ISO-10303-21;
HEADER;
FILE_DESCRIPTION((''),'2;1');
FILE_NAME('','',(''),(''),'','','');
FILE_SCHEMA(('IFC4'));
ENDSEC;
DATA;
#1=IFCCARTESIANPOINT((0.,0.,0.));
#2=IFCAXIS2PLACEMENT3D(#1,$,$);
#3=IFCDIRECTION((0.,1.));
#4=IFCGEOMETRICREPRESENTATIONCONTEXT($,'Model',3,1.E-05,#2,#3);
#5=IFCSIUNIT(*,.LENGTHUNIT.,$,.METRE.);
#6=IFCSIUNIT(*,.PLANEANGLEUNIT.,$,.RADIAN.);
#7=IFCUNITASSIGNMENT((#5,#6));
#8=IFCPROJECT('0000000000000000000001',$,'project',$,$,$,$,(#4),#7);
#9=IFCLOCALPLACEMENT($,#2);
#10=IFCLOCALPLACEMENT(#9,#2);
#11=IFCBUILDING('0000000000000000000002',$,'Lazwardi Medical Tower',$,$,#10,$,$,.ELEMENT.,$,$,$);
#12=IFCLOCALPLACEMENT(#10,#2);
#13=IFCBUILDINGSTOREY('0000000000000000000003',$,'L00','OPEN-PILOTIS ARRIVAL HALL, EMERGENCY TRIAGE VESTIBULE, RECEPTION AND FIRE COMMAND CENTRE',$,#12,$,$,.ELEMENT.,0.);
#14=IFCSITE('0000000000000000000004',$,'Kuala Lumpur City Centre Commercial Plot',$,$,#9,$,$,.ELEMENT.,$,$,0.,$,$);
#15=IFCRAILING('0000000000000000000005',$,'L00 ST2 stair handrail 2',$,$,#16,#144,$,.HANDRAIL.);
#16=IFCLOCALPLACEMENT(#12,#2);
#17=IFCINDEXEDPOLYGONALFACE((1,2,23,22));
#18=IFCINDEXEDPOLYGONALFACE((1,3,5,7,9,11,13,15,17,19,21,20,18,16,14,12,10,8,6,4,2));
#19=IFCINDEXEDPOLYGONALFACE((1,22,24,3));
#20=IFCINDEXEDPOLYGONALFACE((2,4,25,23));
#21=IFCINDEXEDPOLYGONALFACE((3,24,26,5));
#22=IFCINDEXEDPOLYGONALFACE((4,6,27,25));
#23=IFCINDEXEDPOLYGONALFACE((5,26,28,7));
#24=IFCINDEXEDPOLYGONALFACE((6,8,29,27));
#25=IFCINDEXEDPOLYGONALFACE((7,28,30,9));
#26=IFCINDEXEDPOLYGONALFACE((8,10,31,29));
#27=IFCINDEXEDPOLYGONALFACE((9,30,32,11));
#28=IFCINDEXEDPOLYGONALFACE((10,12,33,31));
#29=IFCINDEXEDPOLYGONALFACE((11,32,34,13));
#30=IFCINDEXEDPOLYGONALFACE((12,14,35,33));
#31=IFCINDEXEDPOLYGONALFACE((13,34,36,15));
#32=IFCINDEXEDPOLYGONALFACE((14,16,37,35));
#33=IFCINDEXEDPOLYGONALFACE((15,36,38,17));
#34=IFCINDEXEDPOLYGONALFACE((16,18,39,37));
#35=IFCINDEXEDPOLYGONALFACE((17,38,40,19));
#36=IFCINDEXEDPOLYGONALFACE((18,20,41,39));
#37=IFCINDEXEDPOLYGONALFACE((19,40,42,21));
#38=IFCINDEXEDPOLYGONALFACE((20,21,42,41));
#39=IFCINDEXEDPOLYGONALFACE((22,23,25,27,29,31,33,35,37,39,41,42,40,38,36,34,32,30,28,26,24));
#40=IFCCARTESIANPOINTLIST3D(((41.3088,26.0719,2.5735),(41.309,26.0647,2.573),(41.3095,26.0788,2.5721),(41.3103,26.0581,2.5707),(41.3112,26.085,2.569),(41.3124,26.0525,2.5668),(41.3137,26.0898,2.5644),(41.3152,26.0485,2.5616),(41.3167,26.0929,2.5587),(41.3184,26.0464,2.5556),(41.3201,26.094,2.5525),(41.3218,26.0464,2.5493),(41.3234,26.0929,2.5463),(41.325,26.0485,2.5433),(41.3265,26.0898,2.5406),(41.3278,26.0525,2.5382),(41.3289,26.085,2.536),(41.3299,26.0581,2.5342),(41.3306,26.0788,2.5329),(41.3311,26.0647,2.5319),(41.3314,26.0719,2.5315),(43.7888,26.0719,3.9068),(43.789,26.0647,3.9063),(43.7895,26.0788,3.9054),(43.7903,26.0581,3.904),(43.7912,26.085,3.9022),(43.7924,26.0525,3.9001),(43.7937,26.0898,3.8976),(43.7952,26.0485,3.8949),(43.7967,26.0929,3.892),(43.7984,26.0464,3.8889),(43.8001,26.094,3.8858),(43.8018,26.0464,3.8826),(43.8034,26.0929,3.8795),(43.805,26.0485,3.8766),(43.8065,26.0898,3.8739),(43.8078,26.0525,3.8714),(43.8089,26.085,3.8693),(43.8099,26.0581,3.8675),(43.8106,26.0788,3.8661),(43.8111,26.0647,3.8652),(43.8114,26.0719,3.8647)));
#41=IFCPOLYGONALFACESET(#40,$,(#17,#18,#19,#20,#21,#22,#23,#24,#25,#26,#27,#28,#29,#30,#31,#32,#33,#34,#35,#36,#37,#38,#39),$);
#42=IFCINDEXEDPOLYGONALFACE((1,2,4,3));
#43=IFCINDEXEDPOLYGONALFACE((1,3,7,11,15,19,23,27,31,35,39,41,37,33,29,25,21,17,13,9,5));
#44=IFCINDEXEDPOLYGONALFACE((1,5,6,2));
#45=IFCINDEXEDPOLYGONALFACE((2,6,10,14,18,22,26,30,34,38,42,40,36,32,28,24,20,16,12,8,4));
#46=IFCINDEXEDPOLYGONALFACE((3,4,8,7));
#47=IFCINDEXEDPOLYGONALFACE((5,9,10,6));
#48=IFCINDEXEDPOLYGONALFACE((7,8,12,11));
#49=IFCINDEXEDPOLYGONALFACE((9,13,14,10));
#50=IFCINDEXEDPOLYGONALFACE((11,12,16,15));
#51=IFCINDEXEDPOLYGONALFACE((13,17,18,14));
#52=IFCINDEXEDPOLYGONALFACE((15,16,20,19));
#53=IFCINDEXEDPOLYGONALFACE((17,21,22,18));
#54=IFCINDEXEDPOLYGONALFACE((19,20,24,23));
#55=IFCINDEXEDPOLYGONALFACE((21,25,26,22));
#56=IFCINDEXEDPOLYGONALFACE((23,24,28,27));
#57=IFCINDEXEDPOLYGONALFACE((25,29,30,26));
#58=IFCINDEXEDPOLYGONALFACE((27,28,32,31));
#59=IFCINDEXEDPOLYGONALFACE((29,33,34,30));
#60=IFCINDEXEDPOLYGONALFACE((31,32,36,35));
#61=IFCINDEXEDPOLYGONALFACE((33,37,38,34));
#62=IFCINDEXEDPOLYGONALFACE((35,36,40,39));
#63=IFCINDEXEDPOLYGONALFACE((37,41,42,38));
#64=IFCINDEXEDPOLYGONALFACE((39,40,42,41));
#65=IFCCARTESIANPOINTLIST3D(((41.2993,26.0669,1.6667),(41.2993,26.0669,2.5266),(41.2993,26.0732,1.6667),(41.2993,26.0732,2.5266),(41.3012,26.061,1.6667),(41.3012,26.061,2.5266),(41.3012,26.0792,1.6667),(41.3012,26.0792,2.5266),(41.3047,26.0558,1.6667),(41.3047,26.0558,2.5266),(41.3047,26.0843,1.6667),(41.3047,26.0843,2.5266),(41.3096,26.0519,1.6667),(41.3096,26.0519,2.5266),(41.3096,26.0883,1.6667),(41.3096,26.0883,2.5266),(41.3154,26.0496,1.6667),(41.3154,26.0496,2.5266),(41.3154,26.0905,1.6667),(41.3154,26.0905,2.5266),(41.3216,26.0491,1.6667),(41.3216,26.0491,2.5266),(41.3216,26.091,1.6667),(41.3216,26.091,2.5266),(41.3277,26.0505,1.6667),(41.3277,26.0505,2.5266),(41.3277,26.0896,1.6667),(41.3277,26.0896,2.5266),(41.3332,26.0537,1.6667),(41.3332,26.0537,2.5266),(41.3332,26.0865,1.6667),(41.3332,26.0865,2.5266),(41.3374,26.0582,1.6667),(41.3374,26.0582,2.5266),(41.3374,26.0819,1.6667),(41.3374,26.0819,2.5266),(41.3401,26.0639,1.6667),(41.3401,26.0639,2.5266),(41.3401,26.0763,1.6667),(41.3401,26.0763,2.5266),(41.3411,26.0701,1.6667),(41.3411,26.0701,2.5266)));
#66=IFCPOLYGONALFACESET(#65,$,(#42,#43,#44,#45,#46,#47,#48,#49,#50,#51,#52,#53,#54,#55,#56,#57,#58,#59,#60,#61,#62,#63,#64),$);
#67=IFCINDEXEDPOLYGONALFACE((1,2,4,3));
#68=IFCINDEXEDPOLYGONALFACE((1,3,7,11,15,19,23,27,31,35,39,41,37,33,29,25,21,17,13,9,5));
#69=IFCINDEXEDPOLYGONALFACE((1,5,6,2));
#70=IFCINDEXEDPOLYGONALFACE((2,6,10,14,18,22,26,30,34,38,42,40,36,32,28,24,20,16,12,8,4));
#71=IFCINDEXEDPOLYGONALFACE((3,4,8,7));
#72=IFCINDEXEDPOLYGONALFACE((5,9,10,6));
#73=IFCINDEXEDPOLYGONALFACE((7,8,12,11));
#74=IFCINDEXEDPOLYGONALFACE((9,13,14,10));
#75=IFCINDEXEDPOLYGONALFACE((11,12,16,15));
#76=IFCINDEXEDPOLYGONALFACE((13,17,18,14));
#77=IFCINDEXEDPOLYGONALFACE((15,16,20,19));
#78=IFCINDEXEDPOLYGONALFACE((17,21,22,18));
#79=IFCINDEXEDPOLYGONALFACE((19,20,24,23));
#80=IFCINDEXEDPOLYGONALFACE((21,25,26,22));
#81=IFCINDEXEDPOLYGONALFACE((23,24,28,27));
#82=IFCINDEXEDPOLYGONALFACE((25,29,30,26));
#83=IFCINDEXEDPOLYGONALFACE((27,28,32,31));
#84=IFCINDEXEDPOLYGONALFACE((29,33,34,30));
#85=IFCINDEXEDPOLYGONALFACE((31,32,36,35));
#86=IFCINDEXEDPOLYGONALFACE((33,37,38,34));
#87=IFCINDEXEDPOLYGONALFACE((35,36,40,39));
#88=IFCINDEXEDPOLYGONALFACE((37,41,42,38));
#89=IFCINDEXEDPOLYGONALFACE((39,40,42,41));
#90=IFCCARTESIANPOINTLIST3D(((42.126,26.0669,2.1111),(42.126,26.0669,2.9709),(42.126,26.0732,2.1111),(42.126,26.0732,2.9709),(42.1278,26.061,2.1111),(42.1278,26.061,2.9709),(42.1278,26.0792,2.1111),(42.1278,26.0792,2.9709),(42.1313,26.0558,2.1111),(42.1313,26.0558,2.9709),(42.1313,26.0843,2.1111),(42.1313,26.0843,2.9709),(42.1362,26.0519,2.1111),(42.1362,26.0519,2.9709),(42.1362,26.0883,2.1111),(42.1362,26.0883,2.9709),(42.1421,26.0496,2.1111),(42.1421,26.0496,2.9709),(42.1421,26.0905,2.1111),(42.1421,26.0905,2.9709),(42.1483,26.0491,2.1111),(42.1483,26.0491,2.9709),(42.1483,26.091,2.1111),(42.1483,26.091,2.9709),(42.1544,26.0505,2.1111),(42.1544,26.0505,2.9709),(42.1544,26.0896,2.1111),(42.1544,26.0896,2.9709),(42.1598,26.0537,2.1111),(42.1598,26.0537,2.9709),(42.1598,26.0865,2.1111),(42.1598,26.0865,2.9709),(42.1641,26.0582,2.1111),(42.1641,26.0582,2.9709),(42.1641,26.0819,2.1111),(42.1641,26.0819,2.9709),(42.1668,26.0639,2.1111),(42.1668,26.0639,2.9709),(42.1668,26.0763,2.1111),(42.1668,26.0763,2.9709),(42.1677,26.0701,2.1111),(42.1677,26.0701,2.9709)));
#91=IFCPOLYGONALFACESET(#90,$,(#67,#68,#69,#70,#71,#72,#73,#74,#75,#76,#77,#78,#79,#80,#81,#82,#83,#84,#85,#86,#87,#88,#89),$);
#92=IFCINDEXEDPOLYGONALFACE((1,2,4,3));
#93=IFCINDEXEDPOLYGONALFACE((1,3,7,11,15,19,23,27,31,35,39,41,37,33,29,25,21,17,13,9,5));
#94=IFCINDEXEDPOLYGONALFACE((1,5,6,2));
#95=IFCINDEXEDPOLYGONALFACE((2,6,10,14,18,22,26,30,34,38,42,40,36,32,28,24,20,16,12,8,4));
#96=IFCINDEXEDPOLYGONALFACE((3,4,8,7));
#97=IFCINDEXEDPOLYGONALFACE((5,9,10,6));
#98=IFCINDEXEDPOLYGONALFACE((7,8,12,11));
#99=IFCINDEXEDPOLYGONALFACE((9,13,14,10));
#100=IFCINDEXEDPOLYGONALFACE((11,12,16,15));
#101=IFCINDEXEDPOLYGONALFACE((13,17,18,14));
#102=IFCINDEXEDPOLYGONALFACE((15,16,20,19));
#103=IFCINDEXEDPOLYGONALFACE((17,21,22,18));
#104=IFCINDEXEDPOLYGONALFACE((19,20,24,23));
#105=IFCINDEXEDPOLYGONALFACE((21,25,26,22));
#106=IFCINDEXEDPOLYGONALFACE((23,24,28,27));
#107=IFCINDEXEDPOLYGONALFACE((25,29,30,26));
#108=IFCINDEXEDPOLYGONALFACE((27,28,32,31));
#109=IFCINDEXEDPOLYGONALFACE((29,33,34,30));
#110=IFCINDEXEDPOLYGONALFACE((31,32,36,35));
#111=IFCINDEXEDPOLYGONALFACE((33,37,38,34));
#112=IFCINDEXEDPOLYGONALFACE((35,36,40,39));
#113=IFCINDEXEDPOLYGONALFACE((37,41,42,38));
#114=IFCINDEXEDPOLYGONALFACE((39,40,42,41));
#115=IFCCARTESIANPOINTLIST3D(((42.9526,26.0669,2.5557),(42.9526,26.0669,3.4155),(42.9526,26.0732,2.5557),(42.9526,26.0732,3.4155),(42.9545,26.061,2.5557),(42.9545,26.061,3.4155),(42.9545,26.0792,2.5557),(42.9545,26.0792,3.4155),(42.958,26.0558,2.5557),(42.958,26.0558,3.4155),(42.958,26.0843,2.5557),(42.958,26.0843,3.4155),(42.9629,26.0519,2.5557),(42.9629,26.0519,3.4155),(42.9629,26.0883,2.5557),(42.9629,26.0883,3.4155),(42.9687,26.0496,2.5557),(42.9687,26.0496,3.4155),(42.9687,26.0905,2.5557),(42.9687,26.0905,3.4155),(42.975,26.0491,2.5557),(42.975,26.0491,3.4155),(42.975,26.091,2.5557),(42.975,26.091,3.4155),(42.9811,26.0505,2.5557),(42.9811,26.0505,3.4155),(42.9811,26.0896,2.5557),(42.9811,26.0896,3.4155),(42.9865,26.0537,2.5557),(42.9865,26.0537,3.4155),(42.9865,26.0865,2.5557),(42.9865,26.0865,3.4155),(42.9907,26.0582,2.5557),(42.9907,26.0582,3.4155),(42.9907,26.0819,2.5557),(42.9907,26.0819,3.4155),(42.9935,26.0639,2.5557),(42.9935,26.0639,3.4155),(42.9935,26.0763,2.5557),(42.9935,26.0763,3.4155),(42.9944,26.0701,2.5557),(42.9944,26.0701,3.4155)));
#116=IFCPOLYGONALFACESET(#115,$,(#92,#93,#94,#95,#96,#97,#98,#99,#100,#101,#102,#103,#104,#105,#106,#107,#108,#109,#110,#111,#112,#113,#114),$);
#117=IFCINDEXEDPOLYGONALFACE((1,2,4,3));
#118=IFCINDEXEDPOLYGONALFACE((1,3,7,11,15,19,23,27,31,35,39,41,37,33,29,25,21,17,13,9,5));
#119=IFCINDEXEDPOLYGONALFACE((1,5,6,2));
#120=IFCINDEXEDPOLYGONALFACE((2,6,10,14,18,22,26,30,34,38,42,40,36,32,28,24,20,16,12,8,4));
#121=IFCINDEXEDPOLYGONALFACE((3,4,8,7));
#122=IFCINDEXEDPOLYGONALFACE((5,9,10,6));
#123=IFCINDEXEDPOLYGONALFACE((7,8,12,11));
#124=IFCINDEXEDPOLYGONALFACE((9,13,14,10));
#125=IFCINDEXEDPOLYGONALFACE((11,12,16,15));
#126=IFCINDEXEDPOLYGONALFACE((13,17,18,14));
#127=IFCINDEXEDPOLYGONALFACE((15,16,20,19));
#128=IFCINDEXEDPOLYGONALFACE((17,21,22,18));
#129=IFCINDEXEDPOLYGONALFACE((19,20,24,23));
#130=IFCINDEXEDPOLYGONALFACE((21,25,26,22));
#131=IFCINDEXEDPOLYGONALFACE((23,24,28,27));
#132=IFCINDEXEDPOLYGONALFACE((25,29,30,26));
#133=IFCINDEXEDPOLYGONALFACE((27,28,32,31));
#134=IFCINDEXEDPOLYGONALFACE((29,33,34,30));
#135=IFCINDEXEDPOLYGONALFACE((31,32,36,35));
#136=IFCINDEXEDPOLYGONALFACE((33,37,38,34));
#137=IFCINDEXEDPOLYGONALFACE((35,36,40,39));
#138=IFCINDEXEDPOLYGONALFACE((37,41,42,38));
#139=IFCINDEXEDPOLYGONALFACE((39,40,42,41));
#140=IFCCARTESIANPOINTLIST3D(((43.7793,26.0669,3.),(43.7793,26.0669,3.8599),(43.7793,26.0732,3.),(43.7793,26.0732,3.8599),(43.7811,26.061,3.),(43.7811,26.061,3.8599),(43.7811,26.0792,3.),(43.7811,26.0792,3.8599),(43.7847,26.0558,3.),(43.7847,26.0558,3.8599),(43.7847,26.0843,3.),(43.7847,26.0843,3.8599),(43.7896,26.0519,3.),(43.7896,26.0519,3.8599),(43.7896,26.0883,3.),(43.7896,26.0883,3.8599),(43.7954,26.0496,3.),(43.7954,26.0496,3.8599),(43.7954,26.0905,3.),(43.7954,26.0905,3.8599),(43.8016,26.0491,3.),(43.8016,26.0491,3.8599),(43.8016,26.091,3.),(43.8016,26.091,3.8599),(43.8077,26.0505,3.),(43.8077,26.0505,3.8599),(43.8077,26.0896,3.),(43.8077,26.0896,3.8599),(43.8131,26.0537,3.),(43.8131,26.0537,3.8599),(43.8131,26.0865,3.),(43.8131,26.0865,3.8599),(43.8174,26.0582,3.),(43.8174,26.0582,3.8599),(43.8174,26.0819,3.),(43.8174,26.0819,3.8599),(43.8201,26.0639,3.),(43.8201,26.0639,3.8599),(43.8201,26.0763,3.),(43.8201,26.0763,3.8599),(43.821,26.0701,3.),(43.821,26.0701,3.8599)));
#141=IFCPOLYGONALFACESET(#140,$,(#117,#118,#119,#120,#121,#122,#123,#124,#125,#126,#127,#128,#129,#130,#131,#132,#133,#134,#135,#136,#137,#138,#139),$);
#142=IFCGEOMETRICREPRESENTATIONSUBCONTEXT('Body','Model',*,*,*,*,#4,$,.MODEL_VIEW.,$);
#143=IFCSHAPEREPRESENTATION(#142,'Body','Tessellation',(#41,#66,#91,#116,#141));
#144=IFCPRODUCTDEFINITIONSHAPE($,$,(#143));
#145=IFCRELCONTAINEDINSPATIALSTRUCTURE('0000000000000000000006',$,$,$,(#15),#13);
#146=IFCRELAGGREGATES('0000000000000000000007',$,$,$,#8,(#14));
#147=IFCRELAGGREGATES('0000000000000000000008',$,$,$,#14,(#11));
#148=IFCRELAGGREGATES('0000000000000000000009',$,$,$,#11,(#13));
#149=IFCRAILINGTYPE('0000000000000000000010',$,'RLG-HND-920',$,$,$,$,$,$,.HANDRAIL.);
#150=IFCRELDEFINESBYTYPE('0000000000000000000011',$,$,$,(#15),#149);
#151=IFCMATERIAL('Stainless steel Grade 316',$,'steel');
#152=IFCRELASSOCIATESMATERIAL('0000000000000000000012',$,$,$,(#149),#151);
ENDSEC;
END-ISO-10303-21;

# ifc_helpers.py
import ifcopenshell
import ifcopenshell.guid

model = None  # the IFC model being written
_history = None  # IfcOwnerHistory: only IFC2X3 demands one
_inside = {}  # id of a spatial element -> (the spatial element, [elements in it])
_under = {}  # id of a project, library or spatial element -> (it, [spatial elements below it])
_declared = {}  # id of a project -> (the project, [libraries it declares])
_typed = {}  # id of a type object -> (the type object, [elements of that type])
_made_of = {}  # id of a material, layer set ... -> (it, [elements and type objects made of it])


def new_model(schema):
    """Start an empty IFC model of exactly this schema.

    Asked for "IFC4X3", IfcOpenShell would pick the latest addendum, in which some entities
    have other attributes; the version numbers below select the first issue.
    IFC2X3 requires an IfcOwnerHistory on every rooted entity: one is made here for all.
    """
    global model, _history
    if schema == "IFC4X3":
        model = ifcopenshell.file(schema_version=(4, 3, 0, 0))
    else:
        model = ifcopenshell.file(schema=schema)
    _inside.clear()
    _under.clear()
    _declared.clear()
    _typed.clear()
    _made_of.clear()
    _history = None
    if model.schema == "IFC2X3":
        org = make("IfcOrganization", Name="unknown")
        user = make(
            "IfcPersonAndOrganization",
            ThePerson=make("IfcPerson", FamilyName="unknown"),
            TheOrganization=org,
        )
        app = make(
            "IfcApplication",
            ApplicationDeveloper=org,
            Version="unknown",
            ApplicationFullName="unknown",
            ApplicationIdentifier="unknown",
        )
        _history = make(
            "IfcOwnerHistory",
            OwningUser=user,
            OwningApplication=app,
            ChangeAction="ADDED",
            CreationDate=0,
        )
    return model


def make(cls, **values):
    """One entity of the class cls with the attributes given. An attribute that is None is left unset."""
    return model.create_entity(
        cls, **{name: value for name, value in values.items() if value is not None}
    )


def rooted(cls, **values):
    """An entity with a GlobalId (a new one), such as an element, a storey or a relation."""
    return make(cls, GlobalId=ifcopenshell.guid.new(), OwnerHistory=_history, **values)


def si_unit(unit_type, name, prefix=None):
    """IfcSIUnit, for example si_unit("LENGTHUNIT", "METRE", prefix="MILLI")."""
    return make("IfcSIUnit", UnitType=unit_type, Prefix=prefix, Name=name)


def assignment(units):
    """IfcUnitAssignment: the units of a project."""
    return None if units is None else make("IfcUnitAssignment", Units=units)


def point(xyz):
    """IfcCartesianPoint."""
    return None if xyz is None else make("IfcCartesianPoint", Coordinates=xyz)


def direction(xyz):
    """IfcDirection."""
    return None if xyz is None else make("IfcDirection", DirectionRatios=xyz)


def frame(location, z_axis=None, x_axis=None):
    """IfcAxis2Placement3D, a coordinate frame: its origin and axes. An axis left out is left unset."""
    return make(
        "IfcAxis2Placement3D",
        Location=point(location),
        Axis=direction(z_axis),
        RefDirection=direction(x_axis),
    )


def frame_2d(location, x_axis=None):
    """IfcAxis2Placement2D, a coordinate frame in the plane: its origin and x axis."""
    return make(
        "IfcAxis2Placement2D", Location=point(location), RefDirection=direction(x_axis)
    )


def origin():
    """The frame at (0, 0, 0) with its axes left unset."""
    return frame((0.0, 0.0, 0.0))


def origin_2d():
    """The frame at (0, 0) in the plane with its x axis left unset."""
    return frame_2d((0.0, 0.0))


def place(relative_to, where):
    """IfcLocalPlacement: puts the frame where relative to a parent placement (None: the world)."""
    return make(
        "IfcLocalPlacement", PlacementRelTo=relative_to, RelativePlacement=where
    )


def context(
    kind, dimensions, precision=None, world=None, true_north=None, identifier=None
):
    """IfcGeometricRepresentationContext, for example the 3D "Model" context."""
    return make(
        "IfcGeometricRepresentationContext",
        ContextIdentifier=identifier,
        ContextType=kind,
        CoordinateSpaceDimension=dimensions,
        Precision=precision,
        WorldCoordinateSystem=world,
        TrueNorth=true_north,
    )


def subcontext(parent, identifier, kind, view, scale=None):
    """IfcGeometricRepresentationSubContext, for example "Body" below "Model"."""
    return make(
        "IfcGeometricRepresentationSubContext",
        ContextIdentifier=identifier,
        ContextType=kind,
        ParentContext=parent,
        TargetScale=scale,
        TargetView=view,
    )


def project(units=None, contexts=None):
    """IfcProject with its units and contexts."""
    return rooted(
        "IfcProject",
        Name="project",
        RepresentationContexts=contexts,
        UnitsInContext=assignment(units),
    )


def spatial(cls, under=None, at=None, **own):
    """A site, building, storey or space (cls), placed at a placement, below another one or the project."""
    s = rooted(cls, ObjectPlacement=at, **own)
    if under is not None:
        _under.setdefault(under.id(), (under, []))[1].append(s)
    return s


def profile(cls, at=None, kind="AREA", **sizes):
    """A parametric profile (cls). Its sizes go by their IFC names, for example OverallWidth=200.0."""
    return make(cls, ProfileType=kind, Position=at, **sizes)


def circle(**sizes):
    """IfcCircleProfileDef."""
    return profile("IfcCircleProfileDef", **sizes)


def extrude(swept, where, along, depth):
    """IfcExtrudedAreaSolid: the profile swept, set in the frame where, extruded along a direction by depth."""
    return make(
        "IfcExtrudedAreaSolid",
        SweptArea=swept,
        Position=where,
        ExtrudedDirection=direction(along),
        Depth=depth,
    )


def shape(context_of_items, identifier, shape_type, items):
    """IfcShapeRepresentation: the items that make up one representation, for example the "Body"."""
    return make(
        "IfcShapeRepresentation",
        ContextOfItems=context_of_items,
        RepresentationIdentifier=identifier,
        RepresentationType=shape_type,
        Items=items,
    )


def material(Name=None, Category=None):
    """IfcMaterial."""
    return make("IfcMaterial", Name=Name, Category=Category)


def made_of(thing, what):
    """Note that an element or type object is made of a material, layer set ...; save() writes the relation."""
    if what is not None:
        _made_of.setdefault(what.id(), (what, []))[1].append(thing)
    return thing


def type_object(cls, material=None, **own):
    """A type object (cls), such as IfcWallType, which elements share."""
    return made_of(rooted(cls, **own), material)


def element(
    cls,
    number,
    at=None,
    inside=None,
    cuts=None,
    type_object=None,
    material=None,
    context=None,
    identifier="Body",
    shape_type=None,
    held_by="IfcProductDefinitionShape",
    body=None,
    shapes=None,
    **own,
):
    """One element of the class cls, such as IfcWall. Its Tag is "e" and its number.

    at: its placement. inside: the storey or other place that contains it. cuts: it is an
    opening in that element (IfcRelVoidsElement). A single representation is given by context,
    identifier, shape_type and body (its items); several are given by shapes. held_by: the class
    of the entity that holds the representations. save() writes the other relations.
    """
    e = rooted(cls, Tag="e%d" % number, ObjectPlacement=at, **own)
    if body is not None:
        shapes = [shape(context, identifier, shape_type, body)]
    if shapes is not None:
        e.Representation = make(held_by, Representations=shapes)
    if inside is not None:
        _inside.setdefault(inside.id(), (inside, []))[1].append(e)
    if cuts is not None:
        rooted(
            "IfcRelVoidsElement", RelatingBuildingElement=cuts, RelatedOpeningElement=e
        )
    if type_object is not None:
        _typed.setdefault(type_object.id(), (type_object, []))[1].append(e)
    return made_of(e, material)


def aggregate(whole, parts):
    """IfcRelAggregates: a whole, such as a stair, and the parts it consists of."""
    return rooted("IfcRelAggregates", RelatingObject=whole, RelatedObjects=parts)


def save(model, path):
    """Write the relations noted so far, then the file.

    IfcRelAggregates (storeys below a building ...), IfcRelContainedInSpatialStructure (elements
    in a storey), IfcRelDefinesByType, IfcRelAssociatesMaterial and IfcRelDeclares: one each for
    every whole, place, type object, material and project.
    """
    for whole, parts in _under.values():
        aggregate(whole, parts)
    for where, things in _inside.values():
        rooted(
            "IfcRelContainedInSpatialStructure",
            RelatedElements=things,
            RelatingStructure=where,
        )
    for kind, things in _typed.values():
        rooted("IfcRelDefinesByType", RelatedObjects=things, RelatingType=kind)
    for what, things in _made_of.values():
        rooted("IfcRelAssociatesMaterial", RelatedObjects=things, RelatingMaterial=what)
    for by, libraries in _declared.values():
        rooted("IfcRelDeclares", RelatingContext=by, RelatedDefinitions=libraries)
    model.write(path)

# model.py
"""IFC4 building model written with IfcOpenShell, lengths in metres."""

from ifc_helpers import new_model, si_unit, direction, frame, origin, origin_2d, place, context, subcontext, project, spatial, circle, extrude, material, type_object, element, save


model = new_model("IFC4")

# Units and contexts
model_context = context("Model", 3, precision=1e-05, world=origin(), true_north=direction((0.0, 1.0)))
body_context = subcontext(model_context, "Body", "Model", "MODEL_VIEW")
ifc_project = project(units=[si_unit("LENGTHUNIT", "METRE"), si_unit("PLANEANGLEUNIT", "RADIAN")], contexts=[model_context])

# Site, building, storey
site_placement = place(None, origin())
site = spatial("IfcSite", under=ifc_project, at=site_placement, Name="Kuala Lumpur City Centre Commercial Plot", CompositionType="ELEMENT", RefElevation=0.0)
building_placement = place(site_placement, origin())
building = spatial("IfcBuilding", under=site, at=building_placement, Name="Lazwardi Medical Tower", CompositionType="ELEMENT")
storey_placement = place(building_placement, origin())
storey = spatial("IfcBuildingStorey", under=building, at=storey_placement, Name="L00", Description="OPEN-PILOTIS ARRIVAL HALL, EMERGENCY TRIAGE VESTIBULE, RECEPTION AND FIRE COMMAND CENTRE", CompositionType="ELEMENT", Elevation=0.0)

# Railing
ifc_material_1 = material(Name="Stainless steel Grade 316", Category="steel")
railing_type = type_object("IfcRailingType", Name="RLG-HND-920", PredefinedType="HANDRAIL", material=ifc_material_1)
for number, where, name in (
    (1, (41.3201, 26.0701, 1.6667), "L00 ST2 stair handrail 2"),
):
    element("IfcRailing", number, at=place(storey_placement, frame(where)), inside=storey, type_object=railing_type, Name=name, PredefinedType="HANDRAIL", context=body_context, shape_type="SweptSolid", body=[
        extrude(circle(Radius=0.0239, at=origin_2d()), frame((0.0, 0.0, 0.8857), z_axis=(0.880786, 0.0, 0.473515), x_axis=(0.0, 1.0, 0.0)), (0.0, 0.0, 1.0), 2.8157),
        extrude(circle(Radius=0.021, at=origin_2d()), origin(), (0.0, 0.0, 1.0), 0.8599),
        extrude(circle(Radius=0.021, at=origin_2d()), frame((0.8267, 0.0, 0.4443)), (0.0, 0.0, 1.0), 0.8599),
        extrude(circle(Radius=0.021, at=origin_2d()), frame((1.6533, 0.0, 0.8889)), (0.0, 0.0, 1.0), 0.8599),
        extrude(circle(Radius=0.021, at=origin_2d()), frame((2.48, 0.0, 1.3333)), (0.0, 0.0, 1.0), 0.8599),
    ])

save(model, "model.ifc")
